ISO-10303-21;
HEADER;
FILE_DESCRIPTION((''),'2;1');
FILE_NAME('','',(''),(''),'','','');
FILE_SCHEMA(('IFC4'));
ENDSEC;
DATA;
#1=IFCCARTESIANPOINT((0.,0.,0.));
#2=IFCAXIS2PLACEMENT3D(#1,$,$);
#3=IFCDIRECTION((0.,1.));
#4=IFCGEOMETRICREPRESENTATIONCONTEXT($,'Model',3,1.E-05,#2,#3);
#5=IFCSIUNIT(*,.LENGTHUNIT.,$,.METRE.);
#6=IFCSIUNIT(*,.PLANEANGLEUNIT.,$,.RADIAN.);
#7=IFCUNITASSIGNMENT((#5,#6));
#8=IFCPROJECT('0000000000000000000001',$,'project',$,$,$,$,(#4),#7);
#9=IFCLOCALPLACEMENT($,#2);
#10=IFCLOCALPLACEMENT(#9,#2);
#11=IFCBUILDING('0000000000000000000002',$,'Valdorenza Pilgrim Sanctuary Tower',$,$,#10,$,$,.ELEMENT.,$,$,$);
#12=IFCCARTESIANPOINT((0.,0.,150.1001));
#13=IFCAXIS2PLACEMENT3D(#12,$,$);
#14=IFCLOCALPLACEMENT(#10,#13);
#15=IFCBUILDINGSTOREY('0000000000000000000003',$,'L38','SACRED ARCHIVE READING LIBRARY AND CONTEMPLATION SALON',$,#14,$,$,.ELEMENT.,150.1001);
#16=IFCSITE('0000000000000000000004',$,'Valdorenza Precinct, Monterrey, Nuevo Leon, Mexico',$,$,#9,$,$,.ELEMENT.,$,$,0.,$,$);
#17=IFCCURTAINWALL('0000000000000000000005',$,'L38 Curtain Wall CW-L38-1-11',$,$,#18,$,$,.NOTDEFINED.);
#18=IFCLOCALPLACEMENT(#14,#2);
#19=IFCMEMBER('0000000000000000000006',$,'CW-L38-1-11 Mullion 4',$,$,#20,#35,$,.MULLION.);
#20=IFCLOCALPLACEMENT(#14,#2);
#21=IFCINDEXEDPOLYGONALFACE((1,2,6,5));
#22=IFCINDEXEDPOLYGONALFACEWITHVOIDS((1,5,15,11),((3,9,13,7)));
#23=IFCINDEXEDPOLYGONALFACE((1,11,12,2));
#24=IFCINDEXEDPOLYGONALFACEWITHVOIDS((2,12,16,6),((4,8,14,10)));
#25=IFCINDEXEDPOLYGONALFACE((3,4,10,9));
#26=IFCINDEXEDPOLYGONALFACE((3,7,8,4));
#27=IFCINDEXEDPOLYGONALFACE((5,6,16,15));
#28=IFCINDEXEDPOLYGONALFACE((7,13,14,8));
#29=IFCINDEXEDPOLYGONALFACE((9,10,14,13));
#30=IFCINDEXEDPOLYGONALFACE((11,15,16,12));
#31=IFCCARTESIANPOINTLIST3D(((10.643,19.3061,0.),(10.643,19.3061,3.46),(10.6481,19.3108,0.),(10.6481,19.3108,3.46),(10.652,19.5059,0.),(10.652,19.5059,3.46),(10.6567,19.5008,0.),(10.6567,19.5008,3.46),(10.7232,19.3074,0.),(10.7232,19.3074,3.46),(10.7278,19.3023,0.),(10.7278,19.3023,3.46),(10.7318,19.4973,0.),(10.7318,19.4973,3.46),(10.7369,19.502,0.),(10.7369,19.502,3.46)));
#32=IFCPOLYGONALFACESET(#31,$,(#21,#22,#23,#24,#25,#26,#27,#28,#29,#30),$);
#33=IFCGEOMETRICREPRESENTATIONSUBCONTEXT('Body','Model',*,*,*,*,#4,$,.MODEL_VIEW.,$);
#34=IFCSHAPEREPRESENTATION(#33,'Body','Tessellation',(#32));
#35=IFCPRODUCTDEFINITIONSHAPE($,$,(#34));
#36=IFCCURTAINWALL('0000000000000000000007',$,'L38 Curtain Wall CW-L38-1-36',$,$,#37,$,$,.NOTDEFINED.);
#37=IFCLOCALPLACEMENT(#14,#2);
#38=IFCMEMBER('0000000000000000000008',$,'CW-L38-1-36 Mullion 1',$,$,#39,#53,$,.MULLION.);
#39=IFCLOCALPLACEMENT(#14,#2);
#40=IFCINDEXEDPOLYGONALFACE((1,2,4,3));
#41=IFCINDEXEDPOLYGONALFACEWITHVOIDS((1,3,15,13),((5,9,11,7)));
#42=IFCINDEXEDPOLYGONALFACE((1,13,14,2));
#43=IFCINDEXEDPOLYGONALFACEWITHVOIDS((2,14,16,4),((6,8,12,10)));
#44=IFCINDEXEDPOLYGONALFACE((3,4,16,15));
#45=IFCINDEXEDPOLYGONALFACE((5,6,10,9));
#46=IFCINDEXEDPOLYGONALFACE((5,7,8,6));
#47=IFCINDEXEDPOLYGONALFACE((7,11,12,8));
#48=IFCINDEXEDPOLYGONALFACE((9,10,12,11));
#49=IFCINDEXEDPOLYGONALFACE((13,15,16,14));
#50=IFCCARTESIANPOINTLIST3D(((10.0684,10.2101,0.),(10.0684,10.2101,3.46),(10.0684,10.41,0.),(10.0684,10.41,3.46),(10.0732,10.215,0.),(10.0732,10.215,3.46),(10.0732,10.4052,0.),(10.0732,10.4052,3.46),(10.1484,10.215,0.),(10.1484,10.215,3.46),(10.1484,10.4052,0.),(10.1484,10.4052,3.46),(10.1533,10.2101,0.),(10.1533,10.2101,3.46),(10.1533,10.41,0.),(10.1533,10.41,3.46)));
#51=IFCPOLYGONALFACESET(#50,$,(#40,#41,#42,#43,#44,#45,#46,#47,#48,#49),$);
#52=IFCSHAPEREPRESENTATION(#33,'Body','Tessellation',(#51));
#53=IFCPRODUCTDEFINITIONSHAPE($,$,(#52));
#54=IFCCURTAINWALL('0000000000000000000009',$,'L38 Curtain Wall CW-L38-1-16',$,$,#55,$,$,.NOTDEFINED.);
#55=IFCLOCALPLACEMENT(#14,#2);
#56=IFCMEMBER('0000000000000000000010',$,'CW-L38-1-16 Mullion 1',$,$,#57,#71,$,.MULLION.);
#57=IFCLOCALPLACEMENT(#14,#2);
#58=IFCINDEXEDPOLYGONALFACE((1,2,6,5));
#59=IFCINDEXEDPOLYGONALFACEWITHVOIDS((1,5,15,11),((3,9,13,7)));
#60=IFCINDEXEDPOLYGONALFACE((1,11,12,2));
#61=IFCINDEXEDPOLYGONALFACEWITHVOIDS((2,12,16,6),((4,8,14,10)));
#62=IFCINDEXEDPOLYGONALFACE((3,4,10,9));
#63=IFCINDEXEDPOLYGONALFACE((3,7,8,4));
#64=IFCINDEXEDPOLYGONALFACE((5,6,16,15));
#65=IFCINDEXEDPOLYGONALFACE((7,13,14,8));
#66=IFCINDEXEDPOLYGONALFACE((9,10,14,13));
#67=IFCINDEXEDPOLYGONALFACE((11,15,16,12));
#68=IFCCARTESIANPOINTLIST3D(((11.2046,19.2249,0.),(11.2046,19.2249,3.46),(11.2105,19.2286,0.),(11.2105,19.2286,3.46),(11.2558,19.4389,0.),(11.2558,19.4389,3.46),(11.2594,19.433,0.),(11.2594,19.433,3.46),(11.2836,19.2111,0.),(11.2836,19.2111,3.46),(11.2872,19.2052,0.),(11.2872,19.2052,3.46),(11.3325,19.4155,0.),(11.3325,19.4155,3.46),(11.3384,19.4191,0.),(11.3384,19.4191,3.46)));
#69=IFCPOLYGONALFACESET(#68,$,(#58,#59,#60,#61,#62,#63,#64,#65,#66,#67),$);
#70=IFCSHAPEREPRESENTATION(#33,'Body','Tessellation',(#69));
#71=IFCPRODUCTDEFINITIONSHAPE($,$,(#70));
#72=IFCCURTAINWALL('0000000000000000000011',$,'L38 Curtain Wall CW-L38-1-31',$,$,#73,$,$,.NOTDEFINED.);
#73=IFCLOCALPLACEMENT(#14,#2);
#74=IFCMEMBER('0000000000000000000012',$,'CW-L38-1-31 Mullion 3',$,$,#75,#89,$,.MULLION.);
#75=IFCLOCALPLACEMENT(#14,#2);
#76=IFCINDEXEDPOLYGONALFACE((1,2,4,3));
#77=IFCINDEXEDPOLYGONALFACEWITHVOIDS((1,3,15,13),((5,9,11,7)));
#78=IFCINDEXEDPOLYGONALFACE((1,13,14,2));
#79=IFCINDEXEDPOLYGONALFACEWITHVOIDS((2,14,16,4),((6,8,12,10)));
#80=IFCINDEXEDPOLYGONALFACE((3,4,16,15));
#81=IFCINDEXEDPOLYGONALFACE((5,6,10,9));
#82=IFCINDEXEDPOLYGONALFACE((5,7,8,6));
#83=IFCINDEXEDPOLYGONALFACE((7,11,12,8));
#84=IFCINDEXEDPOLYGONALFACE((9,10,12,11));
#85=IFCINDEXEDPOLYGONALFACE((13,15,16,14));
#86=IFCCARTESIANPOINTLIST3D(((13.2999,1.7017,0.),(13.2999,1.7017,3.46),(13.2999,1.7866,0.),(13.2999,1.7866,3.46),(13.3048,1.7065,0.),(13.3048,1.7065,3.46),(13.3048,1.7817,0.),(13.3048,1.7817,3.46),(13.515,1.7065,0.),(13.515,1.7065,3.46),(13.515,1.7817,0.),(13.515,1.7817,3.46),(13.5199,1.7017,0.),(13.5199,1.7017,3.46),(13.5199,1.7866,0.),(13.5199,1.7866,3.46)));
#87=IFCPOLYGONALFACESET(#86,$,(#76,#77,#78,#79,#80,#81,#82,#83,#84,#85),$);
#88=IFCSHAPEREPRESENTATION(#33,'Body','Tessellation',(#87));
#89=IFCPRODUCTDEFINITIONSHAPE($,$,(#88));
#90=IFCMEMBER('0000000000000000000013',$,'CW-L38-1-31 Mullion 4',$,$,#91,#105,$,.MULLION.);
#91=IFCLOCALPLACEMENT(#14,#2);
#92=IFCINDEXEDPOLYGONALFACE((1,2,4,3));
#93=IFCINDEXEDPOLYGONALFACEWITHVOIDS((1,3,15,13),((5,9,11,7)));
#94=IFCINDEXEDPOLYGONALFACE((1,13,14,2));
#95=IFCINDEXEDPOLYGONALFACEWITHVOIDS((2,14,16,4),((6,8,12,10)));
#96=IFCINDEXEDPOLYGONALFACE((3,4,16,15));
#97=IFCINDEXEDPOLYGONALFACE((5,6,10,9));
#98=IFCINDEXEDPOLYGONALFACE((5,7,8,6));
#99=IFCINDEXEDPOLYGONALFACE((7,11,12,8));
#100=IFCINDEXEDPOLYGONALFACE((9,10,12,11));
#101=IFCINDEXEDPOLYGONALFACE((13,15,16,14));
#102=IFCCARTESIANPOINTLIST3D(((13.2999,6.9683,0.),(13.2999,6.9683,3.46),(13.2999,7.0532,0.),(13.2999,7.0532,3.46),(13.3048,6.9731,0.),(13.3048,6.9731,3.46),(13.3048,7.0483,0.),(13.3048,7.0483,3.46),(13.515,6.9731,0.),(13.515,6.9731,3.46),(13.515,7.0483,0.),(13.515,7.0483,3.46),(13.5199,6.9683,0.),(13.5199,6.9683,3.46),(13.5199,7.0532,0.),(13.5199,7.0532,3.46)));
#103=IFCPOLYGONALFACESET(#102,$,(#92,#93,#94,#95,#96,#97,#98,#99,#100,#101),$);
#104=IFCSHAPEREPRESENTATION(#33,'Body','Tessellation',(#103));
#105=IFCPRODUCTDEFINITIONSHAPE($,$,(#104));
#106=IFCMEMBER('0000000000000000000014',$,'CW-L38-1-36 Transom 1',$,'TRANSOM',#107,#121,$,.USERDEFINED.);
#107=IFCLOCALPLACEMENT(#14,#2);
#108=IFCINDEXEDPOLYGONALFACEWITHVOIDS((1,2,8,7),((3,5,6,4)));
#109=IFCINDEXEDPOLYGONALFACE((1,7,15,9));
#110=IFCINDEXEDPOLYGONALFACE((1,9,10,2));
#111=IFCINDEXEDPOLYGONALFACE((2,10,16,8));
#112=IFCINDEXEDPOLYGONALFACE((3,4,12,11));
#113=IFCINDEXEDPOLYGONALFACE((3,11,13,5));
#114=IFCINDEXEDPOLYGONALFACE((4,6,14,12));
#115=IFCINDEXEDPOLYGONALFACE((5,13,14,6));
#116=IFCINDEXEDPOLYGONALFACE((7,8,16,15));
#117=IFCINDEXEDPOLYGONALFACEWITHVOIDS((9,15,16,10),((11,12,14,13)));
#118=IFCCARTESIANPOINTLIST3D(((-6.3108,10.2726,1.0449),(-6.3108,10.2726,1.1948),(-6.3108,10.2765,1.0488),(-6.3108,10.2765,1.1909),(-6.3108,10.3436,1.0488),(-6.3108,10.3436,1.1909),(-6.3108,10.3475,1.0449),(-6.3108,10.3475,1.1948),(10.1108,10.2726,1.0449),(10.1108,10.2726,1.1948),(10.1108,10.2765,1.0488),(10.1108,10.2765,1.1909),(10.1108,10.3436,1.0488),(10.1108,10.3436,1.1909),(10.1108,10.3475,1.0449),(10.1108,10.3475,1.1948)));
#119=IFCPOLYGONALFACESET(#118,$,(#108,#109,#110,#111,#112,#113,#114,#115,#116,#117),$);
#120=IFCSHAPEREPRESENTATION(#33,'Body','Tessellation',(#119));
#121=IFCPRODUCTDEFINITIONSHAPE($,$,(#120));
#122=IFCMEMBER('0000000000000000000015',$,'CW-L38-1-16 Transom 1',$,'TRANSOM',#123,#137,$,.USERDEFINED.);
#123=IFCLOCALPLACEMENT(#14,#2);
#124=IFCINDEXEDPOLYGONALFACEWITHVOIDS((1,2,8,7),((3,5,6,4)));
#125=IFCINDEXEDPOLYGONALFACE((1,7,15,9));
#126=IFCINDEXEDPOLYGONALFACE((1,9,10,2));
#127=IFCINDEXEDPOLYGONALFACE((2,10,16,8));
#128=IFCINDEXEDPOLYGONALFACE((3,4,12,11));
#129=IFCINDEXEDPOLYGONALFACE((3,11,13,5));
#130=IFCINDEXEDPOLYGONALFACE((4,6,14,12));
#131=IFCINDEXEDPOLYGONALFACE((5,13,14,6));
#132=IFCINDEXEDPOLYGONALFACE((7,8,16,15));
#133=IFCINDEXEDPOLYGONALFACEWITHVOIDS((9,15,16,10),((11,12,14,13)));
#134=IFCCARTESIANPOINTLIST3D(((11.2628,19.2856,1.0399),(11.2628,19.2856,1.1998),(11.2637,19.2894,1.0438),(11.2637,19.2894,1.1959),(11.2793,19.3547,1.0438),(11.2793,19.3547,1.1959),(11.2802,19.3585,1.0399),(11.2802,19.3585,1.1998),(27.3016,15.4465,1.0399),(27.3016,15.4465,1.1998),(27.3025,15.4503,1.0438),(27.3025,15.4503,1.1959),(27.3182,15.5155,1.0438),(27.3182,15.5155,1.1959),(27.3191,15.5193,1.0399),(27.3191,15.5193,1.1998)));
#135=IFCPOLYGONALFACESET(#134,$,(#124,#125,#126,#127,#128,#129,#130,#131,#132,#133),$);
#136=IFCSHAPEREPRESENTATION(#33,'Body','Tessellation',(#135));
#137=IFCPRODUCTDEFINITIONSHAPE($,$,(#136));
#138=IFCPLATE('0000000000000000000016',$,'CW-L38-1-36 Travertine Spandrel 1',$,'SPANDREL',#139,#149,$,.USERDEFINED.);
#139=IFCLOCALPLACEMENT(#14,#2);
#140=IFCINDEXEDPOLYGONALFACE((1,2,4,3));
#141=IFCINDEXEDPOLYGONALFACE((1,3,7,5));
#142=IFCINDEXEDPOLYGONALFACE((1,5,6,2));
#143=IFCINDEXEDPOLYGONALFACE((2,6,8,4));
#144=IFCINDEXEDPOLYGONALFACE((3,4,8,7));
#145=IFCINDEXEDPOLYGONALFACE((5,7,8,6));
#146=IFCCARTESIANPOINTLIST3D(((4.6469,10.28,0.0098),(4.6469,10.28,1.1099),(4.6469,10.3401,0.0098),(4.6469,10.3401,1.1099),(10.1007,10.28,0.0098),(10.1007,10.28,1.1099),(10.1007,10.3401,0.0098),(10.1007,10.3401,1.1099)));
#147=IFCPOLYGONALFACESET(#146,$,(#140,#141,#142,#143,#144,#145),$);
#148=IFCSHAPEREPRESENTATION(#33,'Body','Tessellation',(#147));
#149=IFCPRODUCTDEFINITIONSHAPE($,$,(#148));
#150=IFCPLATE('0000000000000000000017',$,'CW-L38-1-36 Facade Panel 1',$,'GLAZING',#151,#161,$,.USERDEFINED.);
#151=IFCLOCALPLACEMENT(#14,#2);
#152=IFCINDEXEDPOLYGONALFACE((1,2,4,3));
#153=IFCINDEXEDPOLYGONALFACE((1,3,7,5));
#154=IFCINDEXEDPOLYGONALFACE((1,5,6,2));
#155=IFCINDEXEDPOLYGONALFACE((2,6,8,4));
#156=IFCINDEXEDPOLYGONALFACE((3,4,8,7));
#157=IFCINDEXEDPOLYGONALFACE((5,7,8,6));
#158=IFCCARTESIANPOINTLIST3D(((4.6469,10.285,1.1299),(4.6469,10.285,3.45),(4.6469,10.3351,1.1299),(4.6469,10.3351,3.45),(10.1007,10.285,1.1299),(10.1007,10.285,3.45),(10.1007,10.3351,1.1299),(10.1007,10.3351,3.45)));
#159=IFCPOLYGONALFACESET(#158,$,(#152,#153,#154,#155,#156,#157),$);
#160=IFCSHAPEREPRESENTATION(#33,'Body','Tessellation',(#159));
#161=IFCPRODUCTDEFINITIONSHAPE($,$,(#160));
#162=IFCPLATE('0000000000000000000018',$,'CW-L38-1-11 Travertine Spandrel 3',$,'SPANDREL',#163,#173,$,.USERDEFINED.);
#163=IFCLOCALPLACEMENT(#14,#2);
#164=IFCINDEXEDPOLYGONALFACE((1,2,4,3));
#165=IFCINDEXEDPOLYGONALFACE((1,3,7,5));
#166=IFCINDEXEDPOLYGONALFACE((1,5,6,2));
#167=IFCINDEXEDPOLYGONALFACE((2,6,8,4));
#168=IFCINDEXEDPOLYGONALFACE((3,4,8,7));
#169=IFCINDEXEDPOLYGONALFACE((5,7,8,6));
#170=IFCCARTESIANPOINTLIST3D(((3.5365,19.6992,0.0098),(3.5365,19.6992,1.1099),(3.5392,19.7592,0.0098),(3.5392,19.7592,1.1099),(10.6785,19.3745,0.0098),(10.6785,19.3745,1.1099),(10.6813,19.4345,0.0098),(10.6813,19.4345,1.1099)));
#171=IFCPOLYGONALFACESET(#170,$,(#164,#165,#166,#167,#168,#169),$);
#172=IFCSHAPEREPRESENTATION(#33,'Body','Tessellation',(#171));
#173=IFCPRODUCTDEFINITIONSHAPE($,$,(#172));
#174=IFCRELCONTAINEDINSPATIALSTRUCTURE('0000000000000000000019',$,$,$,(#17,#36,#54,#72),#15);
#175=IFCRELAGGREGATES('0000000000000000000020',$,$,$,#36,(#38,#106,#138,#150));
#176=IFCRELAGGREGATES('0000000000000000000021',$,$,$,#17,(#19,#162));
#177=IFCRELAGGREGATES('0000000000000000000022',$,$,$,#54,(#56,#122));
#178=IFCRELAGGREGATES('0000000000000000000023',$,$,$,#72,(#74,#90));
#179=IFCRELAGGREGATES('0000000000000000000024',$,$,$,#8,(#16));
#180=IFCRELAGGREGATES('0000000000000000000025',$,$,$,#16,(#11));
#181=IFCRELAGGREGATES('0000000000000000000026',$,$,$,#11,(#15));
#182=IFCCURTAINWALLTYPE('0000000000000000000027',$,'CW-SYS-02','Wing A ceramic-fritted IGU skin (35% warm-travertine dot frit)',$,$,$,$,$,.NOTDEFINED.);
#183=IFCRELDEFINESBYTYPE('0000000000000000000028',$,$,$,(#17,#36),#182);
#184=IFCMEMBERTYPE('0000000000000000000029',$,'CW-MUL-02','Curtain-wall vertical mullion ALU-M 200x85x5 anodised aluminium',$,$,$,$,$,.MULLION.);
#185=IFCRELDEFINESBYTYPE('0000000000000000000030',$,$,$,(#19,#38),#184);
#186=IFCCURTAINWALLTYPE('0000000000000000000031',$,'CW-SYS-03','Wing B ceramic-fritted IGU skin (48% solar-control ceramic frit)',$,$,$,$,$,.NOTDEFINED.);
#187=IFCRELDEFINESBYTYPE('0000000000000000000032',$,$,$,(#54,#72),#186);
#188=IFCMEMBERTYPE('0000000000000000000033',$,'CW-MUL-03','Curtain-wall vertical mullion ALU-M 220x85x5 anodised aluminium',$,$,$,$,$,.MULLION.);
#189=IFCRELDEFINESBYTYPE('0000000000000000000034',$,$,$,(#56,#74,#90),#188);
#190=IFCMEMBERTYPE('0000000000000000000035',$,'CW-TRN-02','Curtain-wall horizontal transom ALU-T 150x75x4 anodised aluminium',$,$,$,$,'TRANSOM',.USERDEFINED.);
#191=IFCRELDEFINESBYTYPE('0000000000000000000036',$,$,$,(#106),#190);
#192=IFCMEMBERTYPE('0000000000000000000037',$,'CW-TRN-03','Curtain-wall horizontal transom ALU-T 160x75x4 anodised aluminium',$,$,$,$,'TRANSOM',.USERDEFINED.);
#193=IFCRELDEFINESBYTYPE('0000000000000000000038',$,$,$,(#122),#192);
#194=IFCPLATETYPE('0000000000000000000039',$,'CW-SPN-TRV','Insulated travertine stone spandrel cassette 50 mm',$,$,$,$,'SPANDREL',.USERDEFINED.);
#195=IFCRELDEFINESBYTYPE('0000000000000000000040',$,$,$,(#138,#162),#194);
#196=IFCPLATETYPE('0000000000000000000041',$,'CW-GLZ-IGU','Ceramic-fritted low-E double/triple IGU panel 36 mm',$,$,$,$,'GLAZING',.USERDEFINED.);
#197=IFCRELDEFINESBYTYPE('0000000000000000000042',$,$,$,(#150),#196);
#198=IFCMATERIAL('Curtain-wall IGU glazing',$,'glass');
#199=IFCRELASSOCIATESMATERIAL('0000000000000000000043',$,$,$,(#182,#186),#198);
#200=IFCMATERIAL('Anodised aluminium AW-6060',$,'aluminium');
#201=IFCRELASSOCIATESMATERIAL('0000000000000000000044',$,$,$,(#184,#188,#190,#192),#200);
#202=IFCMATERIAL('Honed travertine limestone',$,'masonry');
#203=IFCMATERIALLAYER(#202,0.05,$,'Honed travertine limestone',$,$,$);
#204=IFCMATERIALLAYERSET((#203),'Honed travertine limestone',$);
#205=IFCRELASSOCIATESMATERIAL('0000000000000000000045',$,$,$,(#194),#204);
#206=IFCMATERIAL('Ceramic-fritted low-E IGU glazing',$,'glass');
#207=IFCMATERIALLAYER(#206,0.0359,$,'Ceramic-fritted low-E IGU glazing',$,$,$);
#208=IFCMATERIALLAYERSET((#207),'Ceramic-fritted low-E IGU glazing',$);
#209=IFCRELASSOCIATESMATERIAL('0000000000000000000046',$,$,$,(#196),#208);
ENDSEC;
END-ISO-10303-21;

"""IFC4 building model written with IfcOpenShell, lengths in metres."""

from ifc_helpers import new_model, si_unit, direction, frame, origin, origin_2d, place, context, subcontext, project, spatial, rectangle, hollow_rectangle, extrude, source, transform, mapped, material, layer, layer_set, material_profile, profile_set, type_object, element, aggregate, save


model = new_model("IFC4")

# Units and contexts
model_context = context("Model", 3, precision=1e-05, world=origin(), true_north=direction((0.0, 1.0)))
body_context = subcontext(model_context, "Body", "Model", "MODEL_VIEW")
ifc_project = project(units=[si_unit("LENGTHUNIT", "METRE"), si_unit("PLANEANGLEUNIT", "RADIAN")], contexts=[model_context])

# Site, building, storey
site_placement = place(None, origin())
site = spatial("IfcSite", under=ifc_project, at=site_placement, Name="Valdorenza Precinct, Monterrey, Nuevo Leon, Mexico", CompositionType="ELEMENT", RefElevation=0.0)
building_placement = place(site_placement, origin())
building = spatial("IfcBuilding", under=site, at=building_placement, Name="Valdorenza Pilgrim Sanctuary Tower", CompositionType="ELEMENT")
storey_placement = place(building_placement, frame((0.0, 0.0, 150.1001)))
storey = spatial("IfcBuildingStorey", under=building, at=storey_placement, Name="L38", Description="SACRED ARCHIVE READING LIBRARY AND CONTEMPLATION SALON", CompositionType="ELEMENT", Elevation=150.1001)

# Curtain walls, members
ifc_material_1 = material(Name="Curtain-wall IGU glazing", Category="glass")
curtain_wall_type_1 = type_object("IfcCurtainWallType", Name="CW-SYS-02", Description="Wing A ceramic-fritted IGU skin (35% warm-travertine dot frit)", PredefinedType="NOTDEFINED", material=ifc_material_1)
curtain_wall_1_placement = place(storey_placement, origin())
curtain_wall_1 = element("IfcCurtainWall", 1, at=curtain_wall_1_placement, inside=storey, type_object=curtain_wall_type_1, Name="L38 Curtain Wall CW-L38-1-11", PredefinedType="NOTDEFINED")
ifc_material_2 = material(Name="Anodised aluminium AW-6060", Category="aluminium")
ifc_material_profile_1 = material_profile(ifc_material_2, hollow_rectangle(XDim=0.085, YDim=0.2, WallThickness=0.0049, at=origin_2d()), Name="ALU-M 200x85x5")
ifc_profile_set_1 = profile_set([ifc_material_profile_1], Name="Anodised aluminium AW-6060")
member_type_1 = type_object("IfcMemberType", Name="CW-MUL-02", Description="Curtain-wall vertical mullion ALU-M 200x85x5 anodised aluminium", PredefinedType="MULLION", material=ifc_profile_set_1)
shared_shape_1 = source(origin(), body_context, "Body", "SweptSolid", [
    extrude(hollow_rectangle(XDim=0.085, YDim=0.2, WallThickness=0.0049, at=origin_2d()), origin(), (0.0, 0.0, 1.0), 3.46),
])
member_1_placement = place(storey_placement, frame((10.6899, 19.4041, 0.0), z_axis=(0.0, 0.0, 1.0), x_axis=(0.998968, -0.045415, 0.0)))
member_1 = element("IfcMember", 2, at=member_1_placement, type_object=member_type_1, Name="CW-L38-1-11 Mullion 4", PredefinedType="MULLION", context=body_context, shape_type="MappedRepresentation", body=[
    mapped(shared_shape_1, transform((0.0, 0.0, 0.0), x_axis=(1.0, 0.0, 0.0), y_axis=(0.0, 1.0, 0.0), z_axis=(0.0, 0.0, 1.0), scale=1.0)),
])
curtain_wall_2_placement = place(storey_placement, origin())
curtain_wall_2 = element("IfcCurtainWall", 3, at=curtain_wall_2_placement, inside=storey, type_object=curtain_wall_type_1, Name="L38 Curtain Wall CW-L38-1-36", PredefinedType="NOTDEFINED")
member_2_placement = place(storey_placement, frame((10.1108, 10.3101, 0.0), z_axis=(0.0, 0.0, 1.0), x_axis=(-1.0, 0.0, 0.0)))
member_2 = element("IfcMember", 4, at=member_2_placement, type_object=member_type_1, Name="CW-L38-1-36 Mullion 1", PredefinedType="MULLION", context=body_context, shape_type="MappedRepresentation", body=[
    mapped(shared_shape_1, transform((0.0, 0.0, 0.0), x_axis=(1.0, 0.0, 0.0), y_axis=(0.0, 1.0, 0.0), z_axis=(0.0, 0.0, 1.0), scale=1.0)),
])
curtain_wall_type_2 = type_object("IfcCurtainWallType", Name="CW-SYS-03", Description="Wing B ceramic-fritted IGU skin (48% solar-control ceramic frit)", PredefinedType="NOTDEFINED", material=ifc_material_1)
curtain_wall_3_placement = place(storey_placement, origin())
curtain_wall_3 = element("IfcCurtainWall", 5, at=curtain_wall_3_placement, inside=storey, type_object=curtain_wall_type_2, Name="L38 Curtain Wall CW-L38-1-16", PredefinedType="NOTDEFINED")
ifc_material_profile_2 = material_profile(ifc_material_2, hollow_rectangle(XDim=0.085, YDim=0.22, WallThickness=0.0049, at=origin_2d()), Name="ALU-M 220x85x5")
ifc_profile_set_2 = profile_set([ifc_material_profile_2], Name="Anodised aluminium AW-6060")
member_type_2 = type_object("IfcMemberType", Name="CW-MUL-03", Description="Curtain-wall vertical mullion ALU-M 220x85x5 anodised aluminium", PredefinedType="MULLION", material=ifc_profile_set_2)
shared_shape_2 = source(origin(), body_context, "Body", "SweptSolid", [
    extrude(hollow_rectangle(XDim=0.085, YDim=0.22, WallThickness=0.0049, at=origin_2d()), origin(), (0.0, 0.0, 1.0), 3.46),
])
member_3_placement = place(storey_placement, frame((11.2715, 19.322, 0.0), z_axis=(0.0, 0.0, 1.0), x_axis=(0.972529, -0.232783, 0.0)))
member_3 = element("IfcMember", 6, at=member_3_placement, type_object=member_type_2, Name="CW-L38-1-16 Mullion 1", PredefinedType="MULLION", context=body_context, shape_type="MappedRepresentation", body=[
    mapped(shared_shape_2, transform((0.0, 0.0, 0.0), x_axis=(1.0, 0.0, 0.0), y_axis=(0.0, 1.0, 0.0), z_axis=(0.0, 0.0, 1.0), scale=1.0)),
])

# Curtain wall, members
curtain_wall_4_placement = place(storey_placement, origin())
curtain_wall_4 = element("IfcCurtainWall", 7, at=curtain_wall_4_placement, inside=storey, type_object=curtain_wall_type_2, Name="L38 Curtain Wall CW-L38-1-31", PredefinedType="NOTDEFINED")
member_4_placement = place(storey_placement, frame((13.4099, 1.7441, 0.0), z_axis=(0.0, 0.0, 1.0), x_axis=(0.0, 1.0, 0.0)))
member_4 = element("IfcMember", 8, at=member_4_placement, type_object=member_type_2, Name="CW-L38-1-31 Mullion 3", PredefinedType="MULLION", context=body_context, shape_type="MappedRepresentation", body=[
    mapped(shared_shape_2, transform((0.0, 0.0, 0.0), x_axis=(1.0, 0.0, 0.0), y_axis=(0.0, 1.0, 0.0), z_axis=(0.0, 0.0, 1.0), scale=1.0)),
])
member_5_placement = place(storey_placement, frame((13.4099, 7.0107, 0.0), z_axis=(0.0, 0.0, 1.0), x_axis=(0.0, 1.0, 0.0)))
member_5 = element("IfcMember", 9, at=member_5_placement, type_object=member_type_2, Name="CW-L38-1-31 Mullion 4", PredefinedType="MULLION", context=body_context, shape_type="MappedRepresentation", body=[
    mapped(shared_shape_2, transform((0.0, 0.0, 0.0), x_axis=(1.0, 0.0, 0.0), y_axis=(0.0, 1.0, 0.0), z_axis=(0.0, 0.0, 1.0), scale=1.0)),
])

# Members
ifc_material_profile_3 = material_profile(ifc_material_2, hollow_rectangle(XDim=0.075, YDim=0.1499, WallThickness=0.0039, at=origin_2d()), Name="ALU-T 150x75x4")
ifc_profile_set_3 = profile_set([ifc_material_profile_3], Name="Anodised aluminium AW-6060")
member_type_3 = type_object("IfcMemberType", Name="CW-TRN-02", Description="Curtain-wall horizontal transom ALU-T 150x75x4 anodised aluminium", ElementType="TRANSOM", PredefinedType="USERDEFINED", material=ifc_profile_set_3)
shared_shape_3 = source(origin(), body_context, "Body", "SweptSolid", [
    extrude(hollow_rectangle(XDim=0.075, YDim=0.1499, WallThickness=0.0039, at=origin_2d()), origin(), (0.0, 0.0, 1.0), 16.4216),
])
member_6_placement = place(storey_placement, frame((10.1108, 10.3101, 1.1199), z_axis=(-1.0, 0.0, 0.0), x_axis=(0.0, -1.0, 0.0)))
member_6 = element("IfcMember", 10, at=member_6_placement, type_object=member_type_3, Name="CW-L38-1-36 Transom 1", ObjectType="TRANSOM", PredefinedType="USERDEFINED", context=body_context, shape_type="MappedRepresentation", body=[
    mapped(shared_shape_3, transform((0.0, 0.0, 0.0), x_axis=(1.0, 0.0, 0.0), y_axis=(0.0, 1.0, 0.0), z_axis=(0.0, 0.0, 1.0), scale=1.0)),
])
ifc_material_profile_4 = material_profile(ifc_material_2, hollow_rectangle(XDim=0.075, YDim=0.1599, WallThickness=0.0039, at=origin_2d()), Name="ALU-T 160x75x4")
ifc_profile_set_4 = profile_set([ifc_material_profile_4], Name="Anodised aluminium AW-6060")
member_type_4 = type_object("IfcMemberType", Name="CW-TRN-03", Description="Curtain-wall horizontal transom ALU-T 160x75x4 anodised aluminium", ElementType="TRANSOM", PredefinedType="USERDEFINED", material=ifc_profile_set_4)
shared_shape_4 = source(origin(), body_context, "Body", "SweptSolid", [
    extrude(hollow_rectangle(XDim=0.075, YDim=0.1599, WallThickness=0.0039, at=origin_2d()), origin(), (0.0, 0.0, 1.0), 16.4919),
])
member_7_placement = place(storey_placement, frame((11.2715, 19.322, 1.1199), z_axis=(0.972528, -0.232788, 0.0), x_axis=(0.232788, 0.972528, 0.0)))
member_7 = element("IfcMember", 11, at=member_7_placement, type_object=member_type_4, Name="CW-L38-1-16 Transom 1", ObjectType="TRANSOM", PredefinedType="USERDEFINED", context=body_context, shape_type="MappedRepresentation", body=[
    mapped(shared_shape_4, transform((0.0, 0.0, 0.0), x_axis=(1.0, 0.0, 0.0), y_axis=(0.0, 1.0, 0.0), z_axis=(0.0, 0.0, 1.0), scale=1.0)),
])

# Plates
ifc_material_3 = material(Name="Honed travertine limestone", Category="masonry")
ifc_layer_1 = layer(ifc_material_3, 0.05, Name="Honed travertine limestone")
ifc_layer_set_1 = layer_set([ifc_layer_1], Name="Honed travertine limestone")
plate_type_1 = type_object("IfcPlateType", Name="CW-SPN-TRV", Description="Insulated travertine stone spandrel cassette 50 mm", ElementType="SPANDREL", PredefinedType="USERDEFINED", material=ifc_layer_set_1)
shared_shape_5 = source(origin(), body_context, "Body", "SweptSolid", [
    extrude(rectangle(XDim=5.4539, YDim=0.0601, at=origin_2d()), origin(), (0.0, 0.0, 1.0), 1.1001),
])
plate_1_placement = place(storey_placement, frame((7.3738, 10.3101, 0.0098), z_axis=(0.0, 0.0, 1.0), x_axis=(-1.0, 0.0, 0.0)))
plate_1 = element("IfcPlate", 12, at=plate_1_placement, type_object=plate_type_1, Name="CW-L38-1-36 Travertine Spandrel 1", ObjectType="SPANDREL", PredefinedType="USERDEFINED", context=body_context, shape_type="MappedRepresentation", body=[
    mapped(shared_shape_5, transform((0.0, 0.0, 0.0), x_axis=(1.0, 0.0, 0.0), y_axis=(0.0, 1.0, 0.0), z_axis=(0.0, 0.0, 1.0), scale=1.0)),
])
ifc_material_4 = material(Name="Ceramic-fritted low-E IGU glazing", Category="glass")
ifc_layer_2 = layer(ifc_material_4, 0.0359, Name="Ceramic-fritted low-E IGU glazing")
ifc_layer_set_2 = layer_set([ifc_layer_2], Name="Ceramic-fritted low-E IGU glazing")
plate_type_2 = type_object("IfcPlateType", Name="CW-GLZ-IGU", Description="Ceramic-fritted low-E double/triple IGU panel 36 mm", ElementType="GLAZING", PredefinedType="USERDEFINED", material=ifc_layer_set_2)
shared_shape_6 = source(origin(), body_context, "Body", "SweptSolid", [
    extrude(rectangle(XDim=5.4539, YDim=0.05, at=origin_2d()), origin(), (0.0, 0.0, 1.0), 2.3201),
])
plate_2_placement = place(storey_placement, frame((7.3738, 10.3101, 1.1299), z_axis=(0.0, 0.0, 1.0), x_axis=(-1.0, 0.0, 0.0)))
plate_2 = element("IfcPlate", 13, at=plate_2_placement, type_object=plate_type_2, Name="CW-L38-1-36 Facade Panel 1", ObjectType="GLAZING", PredefinedType="USERDEFINED", context=body_context, shape_type="MappedRepresentation", body=[
    mapped(shared_shape_6, transform((0.0, 0.0, 0.0), x_axis=(1.0, 0.0, 0.0), y_axis=(0.0, 1.0, 0.0), z_axis=(0.0, 0.0, 1.0), scale=1.0)),
])
aggregate(curtain_wall_2, [member_2, member_6, plate_1, plate_2])
shared_shape_7 = source(origin(), body_context, "Body", "SweptSolid", [
    extrude(rectangle(XDim=7.1494, YDim=0.0601, at=origin_2d()), origin(), (0.0, 0.0, 1.0), 1.1001),
])
plate_3_placement = place(storey_placement, frame((7.1089, 19.5669, 0.0098), z_axis=(0.0, 0.0, 1.0), x_axis=(0.998968, -0.045415, 0.0)))
plate_3 = element("IfcPlate", 14, at=plate_3_placement, type_object=plate_type_1, Name="CW-L38-1-11 Travertine Spandrel 3", ObjectType="SPANDREL", PredefinedType="USERDEFINED", context=body_context, shape_type="MappedRepresentation", body=[
    mapped(shared_shape_7, transform((0.0, 0.0, 0.0), x_axis=(1.0, 0.0, 0.0), y_axis=(0.0, 1.0, 0.0), z_axis=(0.0, 0.0, 1.0), scale=1.0)),
])
aggregate(curtain_wall_1, [member_1, plate_3])
aggregate(curtain_wall_3, [member_3, member_7])
aggregate(curtain_wall_4, [member_4, member_5])

save(model, "model.ifc")
